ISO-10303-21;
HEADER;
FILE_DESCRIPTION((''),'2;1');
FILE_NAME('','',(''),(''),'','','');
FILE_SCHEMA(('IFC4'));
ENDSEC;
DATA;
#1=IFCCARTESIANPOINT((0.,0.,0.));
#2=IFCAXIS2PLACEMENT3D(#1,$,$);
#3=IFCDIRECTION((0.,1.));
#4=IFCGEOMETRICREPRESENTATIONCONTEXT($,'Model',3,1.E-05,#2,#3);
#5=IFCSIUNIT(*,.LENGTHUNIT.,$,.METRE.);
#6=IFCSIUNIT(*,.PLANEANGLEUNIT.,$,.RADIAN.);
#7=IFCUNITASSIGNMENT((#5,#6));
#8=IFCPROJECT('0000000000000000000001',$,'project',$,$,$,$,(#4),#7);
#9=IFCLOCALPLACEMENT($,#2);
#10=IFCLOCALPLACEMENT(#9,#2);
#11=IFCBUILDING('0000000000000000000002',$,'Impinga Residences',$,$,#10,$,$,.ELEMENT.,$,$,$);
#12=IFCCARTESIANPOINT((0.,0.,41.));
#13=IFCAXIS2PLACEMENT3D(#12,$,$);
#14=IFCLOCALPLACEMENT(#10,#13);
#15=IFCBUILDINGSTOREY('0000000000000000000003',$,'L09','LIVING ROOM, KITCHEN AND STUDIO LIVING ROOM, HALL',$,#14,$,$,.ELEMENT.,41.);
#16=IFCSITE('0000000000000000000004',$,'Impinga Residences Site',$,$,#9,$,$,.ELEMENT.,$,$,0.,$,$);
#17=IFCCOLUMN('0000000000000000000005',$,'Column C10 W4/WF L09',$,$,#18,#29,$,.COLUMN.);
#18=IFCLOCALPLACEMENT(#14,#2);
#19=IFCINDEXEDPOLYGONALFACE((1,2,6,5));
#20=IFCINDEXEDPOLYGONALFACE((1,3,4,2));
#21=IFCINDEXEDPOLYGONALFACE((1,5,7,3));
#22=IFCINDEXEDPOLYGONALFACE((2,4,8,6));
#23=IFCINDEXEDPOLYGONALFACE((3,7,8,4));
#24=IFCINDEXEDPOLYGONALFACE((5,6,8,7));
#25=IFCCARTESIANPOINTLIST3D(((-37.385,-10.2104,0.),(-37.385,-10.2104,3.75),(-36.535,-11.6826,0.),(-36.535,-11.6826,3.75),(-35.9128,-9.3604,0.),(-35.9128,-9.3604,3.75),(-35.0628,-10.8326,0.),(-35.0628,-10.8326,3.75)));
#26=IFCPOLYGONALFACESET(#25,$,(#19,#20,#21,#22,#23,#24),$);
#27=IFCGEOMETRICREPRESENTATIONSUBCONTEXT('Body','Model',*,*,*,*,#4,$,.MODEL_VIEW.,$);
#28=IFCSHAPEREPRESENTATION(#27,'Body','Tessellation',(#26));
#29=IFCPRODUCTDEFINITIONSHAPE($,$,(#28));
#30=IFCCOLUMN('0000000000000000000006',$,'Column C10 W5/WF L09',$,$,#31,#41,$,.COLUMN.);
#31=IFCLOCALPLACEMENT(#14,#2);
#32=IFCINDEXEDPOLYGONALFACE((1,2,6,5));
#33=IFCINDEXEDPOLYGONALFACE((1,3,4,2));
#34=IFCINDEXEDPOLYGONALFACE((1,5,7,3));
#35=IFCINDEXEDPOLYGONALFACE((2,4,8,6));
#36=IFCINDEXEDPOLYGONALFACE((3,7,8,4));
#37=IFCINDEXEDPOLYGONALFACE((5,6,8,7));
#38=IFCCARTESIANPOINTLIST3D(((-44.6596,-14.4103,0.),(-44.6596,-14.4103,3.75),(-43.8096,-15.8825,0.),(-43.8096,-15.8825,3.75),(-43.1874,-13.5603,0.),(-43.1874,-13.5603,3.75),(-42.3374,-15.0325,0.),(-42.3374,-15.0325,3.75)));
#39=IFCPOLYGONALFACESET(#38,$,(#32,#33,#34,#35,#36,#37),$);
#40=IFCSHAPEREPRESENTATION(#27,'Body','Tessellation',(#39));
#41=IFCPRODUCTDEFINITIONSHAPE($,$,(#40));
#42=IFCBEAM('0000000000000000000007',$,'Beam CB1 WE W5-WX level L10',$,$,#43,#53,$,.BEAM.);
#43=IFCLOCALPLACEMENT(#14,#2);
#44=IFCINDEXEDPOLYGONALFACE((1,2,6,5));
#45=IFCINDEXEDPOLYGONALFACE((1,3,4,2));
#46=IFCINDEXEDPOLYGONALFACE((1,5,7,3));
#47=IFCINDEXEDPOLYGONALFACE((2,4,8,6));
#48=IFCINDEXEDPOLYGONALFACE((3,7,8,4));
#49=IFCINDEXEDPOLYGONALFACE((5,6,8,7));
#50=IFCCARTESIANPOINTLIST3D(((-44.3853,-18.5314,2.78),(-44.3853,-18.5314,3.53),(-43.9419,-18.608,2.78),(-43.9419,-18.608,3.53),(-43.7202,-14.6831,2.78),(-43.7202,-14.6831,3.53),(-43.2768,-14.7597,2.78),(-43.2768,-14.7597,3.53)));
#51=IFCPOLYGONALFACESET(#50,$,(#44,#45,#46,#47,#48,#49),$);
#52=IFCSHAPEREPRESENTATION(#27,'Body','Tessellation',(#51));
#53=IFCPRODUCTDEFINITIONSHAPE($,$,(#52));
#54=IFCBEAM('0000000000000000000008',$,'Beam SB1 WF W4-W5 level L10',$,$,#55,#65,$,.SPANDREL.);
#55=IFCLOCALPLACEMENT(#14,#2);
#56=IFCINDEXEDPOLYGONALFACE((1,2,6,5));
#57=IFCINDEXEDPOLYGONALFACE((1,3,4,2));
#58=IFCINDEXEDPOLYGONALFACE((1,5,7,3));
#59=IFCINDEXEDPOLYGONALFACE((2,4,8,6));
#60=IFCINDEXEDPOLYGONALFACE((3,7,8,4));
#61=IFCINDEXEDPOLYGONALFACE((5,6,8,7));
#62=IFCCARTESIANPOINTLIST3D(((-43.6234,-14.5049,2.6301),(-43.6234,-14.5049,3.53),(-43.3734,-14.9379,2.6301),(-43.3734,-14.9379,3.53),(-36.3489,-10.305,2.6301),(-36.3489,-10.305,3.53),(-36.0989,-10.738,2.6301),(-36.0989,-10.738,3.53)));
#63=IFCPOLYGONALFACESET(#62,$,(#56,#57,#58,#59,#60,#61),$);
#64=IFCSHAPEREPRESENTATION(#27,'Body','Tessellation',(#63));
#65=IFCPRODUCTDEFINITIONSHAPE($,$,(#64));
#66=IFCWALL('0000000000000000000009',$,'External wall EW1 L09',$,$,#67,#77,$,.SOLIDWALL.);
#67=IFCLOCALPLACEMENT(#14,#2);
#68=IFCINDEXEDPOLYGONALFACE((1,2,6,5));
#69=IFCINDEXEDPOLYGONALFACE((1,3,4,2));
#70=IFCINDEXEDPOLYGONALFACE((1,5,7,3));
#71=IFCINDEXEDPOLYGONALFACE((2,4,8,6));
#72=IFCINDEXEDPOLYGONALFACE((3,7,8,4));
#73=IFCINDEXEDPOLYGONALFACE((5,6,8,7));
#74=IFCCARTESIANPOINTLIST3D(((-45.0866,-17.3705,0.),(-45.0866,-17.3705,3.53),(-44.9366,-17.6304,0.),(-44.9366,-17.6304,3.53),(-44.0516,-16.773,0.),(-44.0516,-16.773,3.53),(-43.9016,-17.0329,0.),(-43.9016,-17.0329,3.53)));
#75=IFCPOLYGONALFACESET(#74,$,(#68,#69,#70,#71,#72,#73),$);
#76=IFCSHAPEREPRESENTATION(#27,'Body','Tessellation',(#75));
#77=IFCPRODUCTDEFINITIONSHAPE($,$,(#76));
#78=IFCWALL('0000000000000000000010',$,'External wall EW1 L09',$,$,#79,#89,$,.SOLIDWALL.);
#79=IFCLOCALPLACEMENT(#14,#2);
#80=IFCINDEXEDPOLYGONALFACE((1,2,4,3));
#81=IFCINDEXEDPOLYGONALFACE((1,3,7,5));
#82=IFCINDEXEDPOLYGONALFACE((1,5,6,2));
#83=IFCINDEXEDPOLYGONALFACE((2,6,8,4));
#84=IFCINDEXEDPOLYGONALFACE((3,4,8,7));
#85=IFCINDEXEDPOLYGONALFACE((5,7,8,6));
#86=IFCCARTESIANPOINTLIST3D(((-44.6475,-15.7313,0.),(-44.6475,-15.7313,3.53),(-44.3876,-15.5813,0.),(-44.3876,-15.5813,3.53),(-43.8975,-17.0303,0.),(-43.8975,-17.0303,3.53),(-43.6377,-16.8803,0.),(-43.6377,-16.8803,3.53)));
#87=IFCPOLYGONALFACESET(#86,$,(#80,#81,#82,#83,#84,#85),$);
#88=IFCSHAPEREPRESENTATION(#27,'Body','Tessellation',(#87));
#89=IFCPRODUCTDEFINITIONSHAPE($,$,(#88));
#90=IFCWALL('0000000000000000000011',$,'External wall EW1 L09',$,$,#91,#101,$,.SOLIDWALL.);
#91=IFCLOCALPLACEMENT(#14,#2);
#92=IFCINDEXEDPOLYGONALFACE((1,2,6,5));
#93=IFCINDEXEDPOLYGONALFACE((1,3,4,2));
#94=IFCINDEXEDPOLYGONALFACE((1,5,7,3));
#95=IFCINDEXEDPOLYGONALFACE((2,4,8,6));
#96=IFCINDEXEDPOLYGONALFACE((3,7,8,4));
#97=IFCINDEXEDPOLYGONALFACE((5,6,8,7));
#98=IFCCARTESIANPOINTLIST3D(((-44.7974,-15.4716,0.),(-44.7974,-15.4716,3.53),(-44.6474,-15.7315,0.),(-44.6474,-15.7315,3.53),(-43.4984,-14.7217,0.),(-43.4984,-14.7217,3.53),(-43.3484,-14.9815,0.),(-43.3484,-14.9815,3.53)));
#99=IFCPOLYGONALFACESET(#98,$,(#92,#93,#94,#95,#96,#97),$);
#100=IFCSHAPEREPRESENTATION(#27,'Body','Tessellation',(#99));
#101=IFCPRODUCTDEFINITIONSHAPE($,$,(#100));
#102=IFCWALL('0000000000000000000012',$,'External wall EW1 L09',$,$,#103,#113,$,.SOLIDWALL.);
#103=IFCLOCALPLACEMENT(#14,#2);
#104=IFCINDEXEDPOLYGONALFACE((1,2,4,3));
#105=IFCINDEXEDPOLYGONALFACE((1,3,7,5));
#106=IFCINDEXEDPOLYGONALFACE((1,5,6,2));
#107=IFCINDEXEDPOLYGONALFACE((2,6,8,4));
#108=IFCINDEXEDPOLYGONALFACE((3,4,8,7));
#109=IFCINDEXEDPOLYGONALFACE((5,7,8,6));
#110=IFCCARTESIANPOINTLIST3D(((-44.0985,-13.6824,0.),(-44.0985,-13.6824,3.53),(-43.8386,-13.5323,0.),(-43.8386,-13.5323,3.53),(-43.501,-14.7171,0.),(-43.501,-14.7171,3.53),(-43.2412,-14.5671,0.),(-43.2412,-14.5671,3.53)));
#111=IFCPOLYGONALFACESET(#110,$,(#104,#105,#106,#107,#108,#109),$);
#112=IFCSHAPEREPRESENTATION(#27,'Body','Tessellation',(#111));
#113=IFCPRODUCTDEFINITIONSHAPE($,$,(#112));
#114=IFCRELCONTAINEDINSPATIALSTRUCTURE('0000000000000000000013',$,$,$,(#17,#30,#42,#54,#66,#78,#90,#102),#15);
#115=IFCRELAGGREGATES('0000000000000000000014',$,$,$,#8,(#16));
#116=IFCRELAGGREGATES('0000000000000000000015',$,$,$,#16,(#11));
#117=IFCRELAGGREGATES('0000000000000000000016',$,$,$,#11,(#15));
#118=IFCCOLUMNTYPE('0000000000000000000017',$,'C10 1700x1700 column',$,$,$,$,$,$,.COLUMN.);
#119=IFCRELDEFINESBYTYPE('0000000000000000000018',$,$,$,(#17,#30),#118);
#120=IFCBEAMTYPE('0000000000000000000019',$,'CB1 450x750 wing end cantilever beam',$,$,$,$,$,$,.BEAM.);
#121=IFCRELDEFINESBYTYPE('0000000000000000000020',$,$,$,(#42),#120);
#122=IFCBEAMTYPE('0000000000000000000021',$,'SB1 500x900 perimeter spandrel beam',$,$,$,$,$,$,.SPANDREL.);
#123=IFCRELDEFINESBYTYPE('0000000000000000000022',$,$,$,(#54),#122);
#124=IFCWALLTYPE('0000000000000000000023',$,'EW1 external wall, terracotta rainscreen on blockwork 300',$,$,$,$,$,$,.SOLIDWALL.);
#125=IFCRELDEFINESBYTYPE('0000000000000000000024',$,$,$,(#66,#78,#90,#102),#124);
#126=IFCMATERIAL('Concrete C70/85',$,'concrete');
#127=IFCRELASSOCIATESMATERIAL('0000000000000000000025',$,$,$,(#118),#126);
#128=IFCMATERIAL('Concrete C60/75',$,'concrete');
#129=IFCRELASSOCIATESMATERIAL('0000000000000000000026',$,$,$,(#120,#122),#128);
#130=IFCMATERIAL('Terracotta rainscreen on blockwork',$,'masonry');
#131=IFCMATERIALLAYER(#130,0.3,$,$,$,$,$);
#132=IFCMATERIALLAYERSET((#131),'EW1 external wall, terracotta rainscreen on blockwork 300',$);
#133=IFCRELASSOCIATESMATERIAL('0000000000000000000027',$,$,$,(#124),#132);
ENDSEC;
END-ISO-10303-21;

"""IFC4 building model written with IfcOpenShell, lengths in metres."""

from ifc_helpers import new_model, si_unit, direction, frame, frame_2d, origin, origin_2d, place, context, subcontext, project, spatial, rectangle, extrude, material, layer, layer_set, material_profile, profile_set, type_object, element, save


model = new_model("IFC4")

# Units and contexts
model_context = context("Model", 3, precision=1e-05, world=origin(), true_north=direction((0.0, 1.0)))
body_context = subcontext(model_context, "Body", "Model", "MODEL_VIEW")
ifc_project = project(units=[si_unit("LENGTHUNIT", "METRE"), si_unit("PLANEANGLEUNIT", "RADIAN")], contexts=[model_context])

# Site, building, storey
site_placement = place(None, origin())
site = spatial("IfcSite", under=ifc_project, at=site_placement, Name="Impinga Residences Site", CompositionType="ELEMENT", RefElevation=0.0)
building_placement = place(site_placement, origin())
building = spatial("IfcBuilding", under=site, at=building_placement, Name="Impinga Residences", CompositionType="ELEMENT")
storey_placement = place(building_placement, frame((0.0, 0.0, 41.0)))
storey = spatial("IfcBuildingStorey", under=building, at=storey_placement, Name="L09", Description="LIVING ROOM, KITCHEN AND STUDIO LIVING ROOM, HALL", CompositionType="ELEMENT", Elevation=41.0)

# Columns
ifc_material_1 = material(Name="Concrete C70/85", Category="concrete")
ifc_material_profile_1 = material_profile(ifc_material_1, rectangle(XDim=1.7, YDim=1.7, at=origin_2d()), Name="RC 1700x1700")
ifc_profile_set_1 = profile_set([ifc_material_profile_1], Name="Concrete C70/85")
column_type = type_object("IfcColumnType", Name="C10 1700x1700 column", PredefinedType="COLUMN", material=ifc_profile_set_1)
for number, where, z_axis, x_axis, name in (
    (1, (-36.2239, -10.5215, 0.0), (0.0, 0.0, 1.0), (-0.5, 0.866025, 0.0), "Column C10 W4/WF L09"),
    (2, (-43.4985, -14.7214, 0.0), (0.0, 0.0, 1.0), (-0.5, 0.866025, 0.0), "Column C10 W5/WF L09"),
):
    element("IfcColumn", number, at=place(storey_placement, frame(where, z_axis=z_axis, x_axis=x_axis)), inside=storey, type_object=column_type, Name=name, PredefinedType="COLUMN", context=body_context, shape_type="SweptSolid", body=[
        extrude(rectangle(XDim=1.7, YDim=1.7, at=origin_2d()), origin(), (0.0, 0.0, 1.0), 3.75),
    ])

# Beams
ifc_material_2 = material(Name="Concrete C60/75", Category="concrete")
ifc_material_profile_2 = material_profile(ifc_material_2, rectangle(XDim=0.45, YDim=0.75, at=origin_2d()), Name="RC 450x750")
ifc_profile_set_2 = profile_set([ifc_material_profile_2], Name="Concrete C60/75")
beam_type_1 = type_object("IfcBeamType", Name="CB1 450x750 wing end cantilever beam", PredefinedType="BEAM", material=ifc_profile_set_2)
beam_1_placement = place(storey_placement, frame((-43.4985, -14.7214, 3.155), z_axis=(-0.170296, -0.985393, 0.0), x_axis=(0.985393, -0.170296, 0.0)))
element("IfcBeam", 3, at=beam_1_placement, inside=storey, type_object=beam_type_1, Name="Beam CB1 WE W5-WX level L10", PredefinedType="BEAM", context=body_context, shape_type="SweptSolid", body=[
    extrude(rectangle(XDim=0.45, YDim=0.75, at=origin_2d()), origin(), (0.0, 0.0, 1.0), 3.9053),
])
ifc_material_profile_3 = material_profile(ifc_material_2, rectangle(XDim=0.5, YDim=0.8999, at=origin_2d()), Name="RC 500x900")
ifc_profile_set_3 = profile_set([ifc_material_profile_3], Name="Concrete C60/75")
beam_type_2 = type_object("IfcBeamType", Name="SB1 500x900 perimeter spandrel beam", PredefinedType="SPANDREL", material=ifc_profile_set_3)
beam_2_placement = place(storey_placement, frame((-36.2239, -10.5215, 3.0801), z_axis=(-0.866029, -0.499993, 0.0), x_axis=(0.499993, -0.866029, 0.0)))
element("IfcBeam", 4, at=beam_2_placement, inside=storey, type_object=beam_type_2, Name="Beam SB1 WF W4-W5 level L10", PredefinedType="SPANDREL", context=body_context, shape_type="SweptSolid", body=[
    extrude(rectangle(XDim=0.5, YDim=0.8999, at=origin_2d()), origin(), (0.0, 0.0, 1.0), 8.3999),
])

# Walls
ifc_material_3 = material(Name="Terracotta rainscreen on blockwork", Category="masonry")
ifc_layer_1 = layer(ifc_material_3, 0.3)
ifc_layer_set_1 = layer_set([ifc_layer_1], Name="EW1 external wall, terracotta rainscreen on blockwork 300")
wall_type_1 = type_object("IfcWallType", Name="EW1 external wall, terracotta rainscreen on blockwork 300", PredefinedType="SOLIDWALL", material=ifc_layer_set_1)
wall_1_placement = place(storey_placement, frame((-45.0117, -17.5005, 0.0), z_axis=(0.0, 0.0, 1.0), x_axis=(0.86606, 0.499941, 0.0)))
element("IfcWall", 5, at=wall_1_placement, inside=storey, type_object=wall_type_1, Name="External wall EW1 L09", PredefinedType="SOLIDWALL", context=body_context, shape_type="SweptSolid", body=[
    extrude(rectangle(XDim=1.1951, YDim=0.3, at=frame_2d((0.5977, 0.0))), origin(), (0.0, 0.0, 1.0), 3.53),
])
for number, where, z_axis, x_axis, name in (
    (6, (-43.7676, -16.9553, 0.0), (0.0, 0.0, 1.0), (-0.49999, 0.866031, 0.0), "External wall EW1 L09"),
    (7, (-44.7224, -15.6016, 0.0), (0.0, 0.0, 1.0), (0.866031, 0.49999, 0.0), "External wall EW1 L09"),
):
    element("IfcWall", number, at=place(storey_placement, frame(where, z_axis=z_axis, x_axis=x_axis)), inside=storey, type_object=wall_type_1, Name=name, PredefinedType="SOLIDWALL", context=body_context, shape_type="SweptSolid", body=[
        extrude(rectangle(XDim=1.5, YDim=0.3, at=frame_2d((0.75, 0.0))), origin(), (0.0, 0.0, 1.0), 3.53),
    ])
wall_2_placement = place(storey_placement, frame((-43.3711, -14.6421, 0.0), z_axis=(0.0, 0.0, 1.0), x_axis=(-0.500029, 0.866009, 0.0)))
element("IfcWall", 8, at=wall_2_placement, inside=storey, type_object=wall_type_1, Name="External wall EW1 L09", PredefinedType="SOLIDWALL", context=body_context, shape_type="SweptSolid", body=[
    extrude(rectangle(XDim=1.1948, YDim=0.3, at=frame_2d((0.5974, 0.0))), origin(), (0.0, 0.0, 1.0), 3.53),
])

save(model, "model.ifc")
